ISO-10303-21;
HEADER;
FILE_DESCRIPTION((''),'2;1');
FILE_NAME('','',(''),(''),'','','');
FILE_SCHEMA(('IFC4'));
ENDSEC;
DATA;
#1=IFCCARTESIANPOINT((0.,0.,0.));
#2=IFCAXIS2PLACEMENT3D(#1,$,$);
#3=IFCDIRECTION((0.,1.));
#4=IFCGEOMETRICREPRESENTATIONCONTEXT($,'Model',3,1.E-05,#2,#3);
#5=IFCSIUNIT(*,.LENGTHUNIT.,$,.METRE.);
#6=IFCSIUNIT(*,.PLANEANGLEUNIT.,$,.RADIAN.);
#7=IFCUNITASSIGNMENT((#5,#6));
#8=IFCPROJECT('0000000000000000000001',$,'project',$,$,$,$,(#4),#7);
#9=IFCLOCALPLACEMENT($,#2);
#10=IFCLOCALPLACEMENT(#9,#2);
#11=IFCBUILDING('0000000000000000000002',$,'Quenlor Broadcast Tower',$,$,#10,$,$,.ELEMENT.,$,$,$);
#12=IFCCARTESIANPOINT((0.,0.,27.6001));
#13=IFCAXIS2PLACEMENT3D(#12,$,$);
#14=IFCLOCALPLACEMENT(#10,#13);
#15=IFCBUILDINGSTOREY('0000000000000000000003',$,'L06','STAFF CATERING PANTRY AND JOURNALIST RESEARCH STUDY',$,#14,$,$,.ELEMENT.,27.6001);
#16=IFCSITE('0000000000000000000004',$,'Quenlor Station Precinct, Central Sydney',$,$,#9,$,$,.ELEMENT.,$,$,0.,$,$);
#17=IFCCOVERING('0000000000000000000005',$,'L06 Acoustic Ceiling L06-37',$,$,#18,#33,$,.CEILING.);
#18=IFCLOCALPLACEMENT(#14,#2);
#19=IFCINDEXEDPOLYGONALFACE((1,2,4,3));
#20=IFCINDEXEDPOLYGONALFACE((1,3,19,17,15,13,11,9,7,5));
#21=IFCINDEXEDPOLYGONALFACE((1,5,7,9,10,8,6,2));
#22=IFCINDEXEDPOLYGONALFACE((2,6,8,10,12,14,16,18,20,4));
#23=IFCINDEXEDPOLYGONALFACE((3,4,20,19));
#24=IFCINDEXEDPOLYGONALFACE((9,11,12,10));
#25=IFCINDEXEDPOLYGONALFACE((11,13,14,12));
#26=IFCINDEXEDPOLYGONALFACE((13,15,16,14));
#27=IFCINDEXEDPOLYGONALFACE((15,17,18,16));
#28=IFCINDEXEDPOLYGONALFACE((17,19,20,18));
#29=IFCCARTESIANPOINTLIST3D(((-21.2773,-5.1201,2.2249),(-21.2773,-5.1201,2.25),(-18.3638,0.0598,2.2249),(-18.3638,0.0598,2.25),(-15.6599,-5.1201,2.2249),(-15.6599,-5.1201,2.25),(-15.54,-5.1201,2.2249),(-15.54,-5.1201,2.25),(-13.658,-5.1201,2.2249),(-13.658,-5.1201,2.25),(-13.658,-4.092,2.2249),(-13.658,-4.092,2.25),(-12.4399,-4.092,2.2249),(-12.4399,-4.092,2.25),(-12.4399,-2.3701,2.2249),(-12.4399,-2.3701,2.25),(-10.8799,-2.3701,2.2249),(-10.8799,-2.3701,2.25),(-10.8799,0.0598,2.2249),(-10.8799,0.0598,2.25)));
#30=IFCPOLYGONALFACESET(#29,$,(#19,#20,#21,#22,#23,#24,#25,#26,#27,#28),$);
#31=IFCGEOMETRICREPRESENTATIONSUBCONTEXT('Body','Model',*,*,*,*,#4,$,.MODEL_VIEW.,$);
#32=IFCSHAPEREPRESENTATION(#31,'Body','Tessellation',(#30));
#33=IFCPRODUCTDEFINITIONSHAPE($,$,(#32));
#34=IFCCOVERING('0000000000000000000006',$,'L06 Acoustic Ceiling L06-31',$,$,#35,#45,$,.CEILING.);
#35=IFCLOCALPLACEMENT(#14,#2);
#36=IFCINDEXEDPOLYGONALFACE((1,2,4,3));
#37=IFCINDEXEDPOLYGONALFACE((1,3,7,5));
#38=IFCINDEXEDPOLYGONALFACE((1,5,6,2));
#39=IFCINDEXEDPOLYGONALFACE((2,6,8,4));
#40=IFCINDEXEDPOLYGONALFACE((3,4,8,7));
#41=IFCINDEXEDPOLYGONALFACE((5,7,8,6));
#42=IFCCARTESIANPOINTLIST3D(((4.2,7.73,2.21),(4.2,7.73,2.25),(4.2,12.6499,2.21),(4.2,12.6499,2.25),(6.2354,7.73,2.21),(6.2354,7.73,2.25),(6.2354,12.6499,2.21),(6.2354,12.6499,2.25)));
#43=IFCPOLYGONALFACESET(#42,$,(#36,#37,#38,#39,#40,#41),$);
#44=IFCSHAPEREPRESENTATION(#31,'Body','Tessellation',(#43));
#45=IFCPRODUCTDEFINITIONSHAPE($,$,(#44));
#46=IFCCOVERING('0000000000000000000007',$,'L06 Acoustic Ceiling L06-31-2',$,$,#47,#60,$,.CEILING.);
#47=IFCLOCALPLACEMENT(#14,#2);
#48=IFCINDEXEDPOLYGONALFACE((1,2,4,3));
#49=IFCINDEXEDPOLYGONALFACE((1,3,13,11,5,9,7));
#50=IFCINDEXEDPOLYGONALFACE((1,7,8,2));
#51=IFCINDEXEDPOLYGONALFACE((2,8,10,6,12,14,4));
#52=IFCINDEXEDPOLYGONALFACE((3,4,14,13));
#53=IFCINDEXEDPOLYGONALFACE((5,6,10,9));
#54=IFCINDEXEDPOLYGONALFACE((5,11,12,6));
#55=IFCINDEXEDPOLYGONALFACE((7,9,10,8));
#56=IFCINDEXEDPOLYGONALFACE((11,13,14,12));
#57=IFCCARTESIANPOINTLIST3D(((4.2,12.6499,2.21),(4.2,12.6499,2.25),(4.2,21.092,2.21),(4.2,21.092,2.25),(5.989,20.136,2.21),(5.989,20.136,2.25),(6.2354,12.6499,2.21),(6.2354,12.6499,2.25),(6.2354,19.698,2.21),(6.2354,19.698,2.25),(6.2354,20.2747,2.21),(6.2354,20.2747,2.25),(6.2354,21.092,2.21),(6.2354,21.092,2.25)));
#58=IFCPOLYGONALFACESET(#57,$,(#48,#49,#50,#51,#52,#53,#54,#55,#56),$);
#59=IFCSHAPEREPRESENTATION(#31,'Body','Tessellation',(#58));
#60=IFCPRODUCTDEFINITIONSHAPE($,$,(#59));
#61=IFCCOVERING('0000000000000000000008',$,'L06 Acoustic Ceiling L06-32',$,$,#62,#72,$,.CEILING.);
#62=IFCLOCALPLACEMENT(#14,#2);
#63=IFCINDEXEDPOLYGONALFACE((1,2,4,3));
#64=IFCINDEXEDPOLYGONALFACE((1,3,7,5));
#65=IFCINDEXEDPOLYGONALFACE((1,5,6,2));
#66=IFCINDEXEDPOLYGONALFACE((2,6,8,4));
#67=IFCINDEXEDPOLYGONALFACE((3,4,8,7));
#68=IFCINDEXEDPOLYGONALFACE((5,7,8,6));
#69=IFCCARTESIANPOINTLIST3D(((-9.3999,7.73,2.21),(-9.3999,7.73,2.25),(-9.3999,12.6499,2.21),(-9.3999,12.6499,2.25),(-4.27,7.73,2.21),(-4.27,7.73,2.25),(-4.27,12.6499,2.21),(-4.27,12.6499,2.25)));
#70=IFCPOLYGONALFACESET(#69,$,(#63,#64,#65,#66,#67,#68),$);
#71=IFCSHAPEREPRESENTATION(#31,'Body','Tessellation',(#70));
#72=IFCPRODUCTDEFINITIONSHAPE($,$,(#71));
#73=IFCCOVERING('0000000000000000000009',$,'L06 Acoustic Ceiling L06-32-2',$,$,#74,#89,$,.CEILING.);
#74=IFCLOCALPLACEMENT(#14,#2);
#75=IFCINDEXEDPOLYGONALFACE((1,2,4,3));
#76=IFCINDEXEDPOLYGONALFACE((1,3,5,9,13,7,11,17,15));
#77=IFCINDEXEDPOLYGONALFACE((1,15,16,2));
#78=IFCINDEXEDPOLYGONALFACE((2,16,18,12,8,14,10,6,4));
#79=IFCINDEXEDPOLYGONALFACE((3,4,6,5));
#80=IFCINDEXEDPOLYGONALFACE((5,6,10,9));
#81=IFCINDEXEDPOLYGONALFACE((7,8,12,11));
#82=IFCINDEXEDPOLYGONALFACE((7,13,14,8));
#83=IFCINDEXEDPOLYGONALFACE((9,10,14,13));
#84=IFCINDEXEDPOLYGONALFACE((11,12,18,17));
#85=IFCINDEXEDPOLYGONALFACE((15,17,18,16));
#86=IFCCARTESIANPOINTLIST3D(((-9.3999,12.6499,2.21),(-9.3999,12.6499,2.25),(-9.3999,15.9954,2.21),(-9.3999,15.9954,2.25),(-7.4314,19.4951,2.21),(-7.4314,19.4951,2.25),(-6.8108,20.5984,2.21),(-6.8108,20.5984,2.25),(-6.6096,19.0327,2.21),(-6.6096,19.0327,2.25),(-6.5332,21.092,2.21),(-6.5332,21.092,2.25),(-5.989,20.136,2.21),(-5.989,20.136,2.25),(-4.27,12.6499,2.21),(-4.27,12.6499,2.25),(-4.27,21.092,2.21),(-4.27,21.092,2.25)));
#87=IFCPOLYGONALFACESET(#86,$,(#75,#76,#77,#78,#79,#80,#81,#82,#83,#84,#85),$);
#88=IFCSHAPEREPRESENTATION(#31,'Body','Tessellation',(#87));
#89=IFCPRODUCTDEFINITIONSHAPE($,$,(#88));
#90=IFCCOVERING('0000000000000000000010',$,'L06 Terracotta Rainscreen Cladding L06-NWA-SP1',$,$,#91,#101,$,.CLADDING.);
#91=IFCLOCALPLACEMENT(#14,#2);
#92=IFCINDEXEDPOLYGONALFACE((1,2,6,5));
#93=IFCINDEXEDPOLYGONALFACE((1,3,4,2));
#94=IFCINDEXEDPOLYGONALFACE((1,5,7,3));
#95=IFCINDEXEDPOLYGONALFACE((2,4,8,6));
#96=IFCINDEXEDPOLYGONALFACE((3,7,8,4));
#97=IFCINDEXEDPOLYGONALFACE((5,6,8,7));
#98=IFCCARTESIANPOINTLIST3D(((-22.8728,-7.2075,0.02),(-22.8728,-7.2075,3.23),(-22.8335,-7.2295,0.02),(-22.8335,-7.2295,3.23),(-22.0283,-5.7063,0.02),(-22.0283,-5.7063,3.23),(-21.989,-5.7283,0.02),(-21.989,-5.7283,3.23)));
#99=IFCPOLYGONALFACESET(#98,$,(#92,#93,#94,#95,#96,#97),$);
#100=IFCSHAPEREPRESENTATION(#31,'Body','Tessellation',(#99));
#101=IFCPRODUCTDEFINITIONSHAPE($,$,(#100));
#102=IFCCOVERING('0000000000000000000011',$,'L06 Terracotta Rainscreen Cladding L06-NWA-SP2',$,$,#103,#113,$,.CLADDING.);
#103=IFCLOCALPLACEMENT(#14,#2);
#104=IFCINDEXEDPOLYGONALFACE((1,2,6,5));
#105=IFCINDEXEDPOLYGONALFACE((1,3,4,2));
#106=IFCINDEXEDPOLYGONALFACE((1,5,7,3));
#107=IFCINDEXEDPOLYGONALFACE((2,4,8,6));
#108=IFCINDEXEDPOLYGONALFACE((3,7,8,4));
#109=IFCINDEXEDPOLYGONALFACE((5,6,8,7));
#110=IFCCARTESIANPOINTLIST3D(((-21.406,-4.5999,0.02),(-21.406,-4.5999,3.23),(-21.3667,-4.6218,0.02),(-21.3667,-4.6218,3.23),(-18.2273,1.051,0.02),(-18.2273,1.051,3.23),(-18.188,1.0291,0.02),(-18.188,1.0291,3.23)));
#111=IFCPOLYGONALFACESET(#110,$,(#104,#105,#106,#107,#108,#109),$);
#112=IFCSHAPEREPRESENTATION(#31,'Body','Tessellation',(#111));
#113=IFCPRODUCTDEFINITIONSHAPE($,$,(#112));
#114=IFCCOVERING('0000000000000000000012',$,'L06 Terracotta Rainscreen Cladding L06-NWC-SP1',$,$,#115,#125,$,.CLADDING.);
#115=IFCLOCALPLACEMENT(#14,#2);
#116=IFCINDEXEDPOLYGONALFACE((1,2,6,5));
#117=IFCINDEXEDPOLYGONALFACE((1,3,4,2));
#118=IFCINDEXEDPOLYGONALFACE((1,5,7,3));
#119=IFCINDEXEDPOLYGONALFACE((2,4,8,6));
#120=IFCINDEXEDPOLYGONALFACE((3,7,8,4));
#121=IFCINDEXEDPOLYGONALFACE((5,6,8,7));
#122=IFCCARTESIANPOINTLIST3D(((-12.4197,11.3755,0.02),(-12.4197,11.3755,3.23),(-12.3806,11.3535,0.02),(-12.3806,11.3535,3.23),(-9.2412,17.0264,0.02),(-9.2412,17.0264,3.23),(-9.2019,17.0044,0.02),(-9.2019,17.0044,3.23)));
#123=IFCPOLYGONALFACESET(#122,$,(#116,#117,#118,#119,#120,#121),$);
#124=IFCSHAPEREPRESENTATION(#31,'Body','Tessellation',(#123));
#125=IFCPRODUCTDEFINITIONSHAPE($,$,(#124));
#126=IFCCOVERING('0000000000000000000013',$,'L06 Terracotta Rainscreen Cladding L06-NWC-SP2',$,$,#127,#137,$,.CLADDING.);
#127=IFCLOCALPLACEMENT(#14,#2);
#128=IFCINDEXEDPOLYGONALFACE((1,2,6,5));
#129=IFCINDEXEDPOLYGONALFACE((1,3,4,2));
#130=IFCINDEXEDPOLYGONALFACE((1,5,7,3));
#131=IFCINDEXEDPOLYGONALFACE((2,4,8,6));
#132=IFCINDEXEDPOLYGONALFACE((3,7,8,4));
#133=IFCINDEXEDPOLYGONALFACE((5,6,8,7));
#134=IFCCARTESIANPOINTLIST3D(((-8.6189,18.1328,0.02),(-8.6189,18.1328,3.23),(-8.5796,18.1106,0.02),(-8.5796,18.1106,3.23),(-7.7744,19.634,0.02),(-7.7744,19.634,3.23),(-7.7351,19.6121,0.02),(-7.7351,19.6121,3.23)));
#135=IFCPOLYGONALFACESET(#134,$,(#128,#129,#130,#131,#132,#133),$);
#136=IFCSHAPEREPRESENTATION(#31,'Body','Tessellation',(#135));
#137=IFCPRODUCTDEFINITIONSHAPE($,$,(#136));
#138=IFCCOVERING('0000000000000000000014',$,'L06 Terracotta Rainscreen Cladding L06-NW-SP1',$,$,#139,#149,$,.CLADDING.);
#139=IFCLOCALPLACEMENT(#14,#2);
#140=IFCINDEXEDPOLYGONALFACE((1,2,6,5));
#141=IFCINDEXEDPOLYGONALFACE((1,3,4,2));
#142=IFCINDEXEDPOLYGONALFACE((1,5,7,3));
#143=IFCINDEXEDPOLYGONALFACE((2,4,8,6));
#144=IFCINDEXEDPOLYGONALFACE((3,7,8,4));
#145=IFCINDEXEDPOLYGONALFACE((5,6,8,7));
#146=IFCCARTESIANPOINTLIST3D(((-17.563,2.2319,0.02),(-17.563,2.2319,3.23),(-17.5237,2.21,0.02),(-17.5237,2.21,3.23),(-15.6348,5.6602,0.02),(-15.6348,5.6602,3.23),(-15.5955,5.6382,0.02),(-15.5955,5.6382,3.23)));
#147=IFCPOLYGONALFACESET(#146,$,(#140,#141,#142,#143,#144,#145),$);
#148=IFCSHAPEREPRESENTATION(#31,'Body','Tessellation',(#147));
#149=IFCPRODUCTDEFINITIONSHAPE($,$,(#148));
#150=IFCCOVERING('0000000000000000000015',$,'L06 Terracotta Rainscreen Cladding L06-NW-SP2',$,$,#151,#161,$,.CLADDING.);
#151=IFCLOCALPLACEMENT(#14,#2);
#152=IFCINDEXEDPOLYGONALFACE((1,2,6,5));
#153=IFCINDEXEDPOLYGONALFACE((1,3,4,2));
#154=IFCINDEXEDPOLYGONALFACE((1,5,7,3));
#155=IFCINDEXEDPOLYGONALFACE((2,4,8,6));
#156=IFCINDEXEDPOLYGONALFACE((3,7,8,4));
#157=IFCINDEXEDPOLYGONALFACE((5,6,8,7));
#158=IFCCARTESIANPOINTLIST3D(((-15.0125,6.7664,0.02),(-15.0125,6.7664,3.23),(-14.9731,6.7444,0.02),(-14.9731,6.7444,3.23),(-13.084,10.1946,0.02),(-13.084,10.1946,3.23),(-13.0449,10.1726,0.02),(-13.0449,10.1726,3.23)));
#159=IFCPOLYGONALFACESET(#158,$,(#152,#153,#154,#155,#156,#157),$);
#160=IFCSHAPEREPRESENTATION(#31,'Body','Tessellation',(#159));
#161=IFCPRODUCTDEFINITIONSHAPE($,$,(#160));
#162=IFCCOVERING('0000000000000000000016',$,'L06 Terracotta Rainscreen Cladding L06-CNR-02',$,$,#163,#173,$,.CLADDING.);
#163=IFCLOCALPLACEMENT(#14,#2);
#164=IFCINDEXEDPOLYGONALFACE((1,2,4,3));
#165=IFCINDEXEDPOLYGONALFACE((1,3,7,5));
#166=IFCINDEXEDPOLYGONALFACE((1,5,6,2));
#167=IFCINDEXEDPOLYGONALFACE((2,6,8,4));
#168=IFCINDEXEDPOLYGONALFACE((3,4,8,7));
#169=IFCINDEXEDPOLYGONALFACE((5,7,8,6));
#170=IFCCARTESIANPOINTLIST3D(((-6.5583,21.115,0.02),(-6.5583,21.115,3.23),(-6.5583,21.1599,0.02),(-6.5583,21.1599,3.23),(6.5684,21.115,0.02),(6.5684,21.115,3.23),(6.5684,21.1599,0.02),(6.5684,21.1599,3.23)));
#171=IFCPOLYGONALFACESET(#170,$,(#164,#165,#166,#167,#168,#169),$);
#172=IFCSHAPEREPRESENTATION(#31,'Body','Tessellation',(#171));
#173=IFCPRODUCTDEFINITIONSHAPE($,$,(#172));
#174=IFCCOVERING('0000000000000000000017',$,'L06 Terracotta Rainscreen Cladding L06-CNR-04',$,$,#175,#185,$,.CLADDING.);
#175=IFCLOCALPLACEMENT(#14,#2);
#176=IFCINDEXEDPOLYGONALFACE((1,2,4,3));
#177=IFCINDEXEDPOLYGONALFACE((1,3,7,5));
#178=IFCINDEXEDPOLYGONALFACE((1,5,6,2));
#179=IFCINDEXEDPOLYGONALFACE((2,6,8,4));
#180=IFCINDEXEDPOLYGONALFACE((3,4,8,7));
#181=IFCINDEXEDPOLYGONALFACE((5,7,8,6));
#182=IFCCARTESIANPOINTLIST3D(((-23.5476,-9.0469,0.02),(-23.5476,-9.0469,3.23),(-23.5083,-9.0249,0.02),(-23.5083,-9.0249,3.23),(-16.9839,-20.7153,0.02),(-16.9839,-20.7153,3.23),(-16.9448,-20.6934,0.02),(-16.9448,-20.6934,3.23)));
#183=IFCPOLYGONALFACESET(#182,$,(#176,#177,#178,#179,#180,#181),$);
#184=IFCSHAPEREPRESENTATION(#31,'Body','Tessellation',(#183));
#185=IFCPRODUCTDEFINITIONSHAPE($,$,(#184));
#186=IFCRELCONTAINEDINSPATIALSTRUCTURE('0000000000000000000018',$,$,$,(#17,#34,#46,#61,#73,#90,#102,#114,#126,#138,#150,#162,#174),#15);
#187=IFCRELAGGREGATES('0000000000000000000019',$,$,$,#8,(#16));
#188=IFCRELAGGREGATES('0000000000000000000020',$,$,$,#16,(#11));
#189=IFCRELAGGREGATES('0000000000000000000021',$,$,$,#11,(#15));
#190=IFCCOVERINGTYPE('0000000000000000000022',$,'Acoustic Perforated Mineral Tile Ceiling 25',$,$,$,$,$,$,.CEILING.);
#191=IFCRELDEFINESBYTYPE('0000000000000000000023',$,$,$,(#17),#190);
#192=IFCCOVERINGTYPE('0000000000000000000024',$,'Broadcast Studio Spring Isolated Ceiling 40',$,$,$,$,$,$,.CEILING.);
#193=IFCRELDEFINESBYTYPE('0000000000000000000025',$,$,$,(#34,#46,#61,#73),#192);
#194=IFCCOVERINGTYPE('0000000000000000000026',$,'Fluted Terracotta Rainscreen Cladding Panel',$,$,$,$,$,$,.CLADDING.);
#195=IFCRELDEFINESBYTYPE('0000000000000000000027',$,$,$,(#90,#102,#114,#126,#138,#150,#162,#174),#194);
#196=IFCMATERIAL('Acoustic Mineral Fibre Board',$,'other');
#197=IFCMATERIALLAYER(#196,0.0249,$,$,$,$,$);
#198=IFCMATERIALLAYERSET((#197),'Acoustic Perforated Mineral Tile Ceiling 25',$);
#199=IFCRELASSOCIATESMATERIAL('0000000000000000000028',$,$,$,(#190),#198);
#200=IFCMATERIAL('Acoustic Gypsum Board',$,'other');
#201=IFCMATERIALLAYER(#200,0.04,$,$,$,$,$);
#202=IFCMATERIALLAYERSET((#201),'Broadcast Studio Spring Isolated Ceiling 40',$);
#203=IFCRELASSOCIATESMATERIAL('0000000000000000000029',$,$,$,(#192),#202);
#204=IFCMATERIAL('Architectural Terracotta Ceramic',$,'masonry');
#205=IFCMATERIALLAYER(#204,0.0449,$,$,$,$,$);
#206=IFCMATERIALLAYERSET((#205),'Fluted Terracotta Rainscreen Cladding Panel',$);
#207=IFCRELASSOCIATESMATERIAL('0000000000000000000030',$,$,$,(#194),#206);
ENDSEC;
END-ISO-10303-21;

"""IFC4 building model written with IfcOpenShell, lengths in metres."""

from ifc_helpers import new_model, si_unit, direction, frame, origin, place, context, subcontext, project, spatial, polyline, outline, extrude, material, layer, layer_set, type_object, element, save


model = new_model("IFC4")

# Units and contexts
model_context = context("Model", 3, precision=1e-05, world=origin(), true_north=direction((0.0, 1.0)))
body_context = subcontext(model_context, "Body", "Model", "MODEL_VIEW")
ifc_project = project(units=[si_unit("LENGTHUNIT", "METRE"), si_unit("PLANEANGLEUNIT", "RADIAN")], contexts=[model_context])

# Site, building, storey
site_placement = place(None, origin())
site = spatial("IfcSite", under=ifc_project, at=site_placement, Name="Quenlor Station Precinct, Central Sydney", CompositionType="ELEMENT", RefElevation=0.0)
building_placement = place(site_placement, origin())
building = spatial("IfcBuilding", under=site, at=building_placement, Name="Quenlor Broadcast Tower", CompositionType="ELEMENT")
storey_placement = place(building_placement, frame((0.0, 0.0, 27.6001)))
storey = spatial("IfcBuildingStorey", under=building, at=storey_placement, Name="L06", Description="STAFF CATERING PANTRY AND JOURNALIST RESEARCH STUDY", CompositionType="ELEMENT", Elevation=27.6001)

# Coverings
ifc_material_1 = material(Name="Acoustic Mineral Fibre Board", Category="other")
ifc_layer_1 = layer(ifc_material_1, 0.0249)
ifc_layer_set_1 = layer_set([ifc_layer_1], Name="Acoustic Perforated Mineral Tile Ceiling 25")
covering_type_1 = type_object("IfcCoveringType", Name="Acoustic Perforated Mineral Tile Ceiling 25", PredefinedType="CEILING", material=ifc_layer_set_1)
covering_1_placement = place(storey_placement, frame((0.0, 0.0, 2.2249)))
element("IfcCovering", 1, at=covering_1_placement, inside=storey, type_object=covering_type_1, Name="L06 Acoustic Ceiling L06-37", PredefinedType="CEILING", context=body_context, shape_type="SweptSolid", body=[
    extrude(outline(polyline([(-12.4399, -2.3701), (-12.4399, -4.092), (-13.658, -4.092), (-13.658, -5.1201), (-15.54, -5.1201), (-15.6599, -5.1201), (-21.2773, -5.1201), (-18.3638, 0.0598), (-10.8799, 0.0598), (-10.8799, -2.3701), (-12.4399, -2.3701)])), origin(), (0.0, 0.0, 1.0), 0.0251),
])
ifc_material_2 = material(Name="Acoustic Gypsum Board", Category="other")
ifc_layer_2 = layer(ifc_material_2, 0.04)
ifc_layer_set_2 = layer_set([ifc_layer_2], Name="Broadcast Studio Spring Isolated Ceiling 40")
covering_type_2 = type_object("IfcCoveringType", Name="Broadcast Studio Spring Isolated Ceiling 40", PredefinedType="CEILING", material=ifc_layer_set_2)
covering_2_placement = place(storey_placement, frame((0.0, 0.0, 2.21)))
element("IfcCovering", 2, at=covering_2_placement, inside=storey, type_object=covering_type_2, Name="L06 Acoustic Ceiling L06-31", PredefinedType="CEILING", context=body_context, shape_type="SweptSolid", body=[
    extrude(outline(polyline([(6.2354, 7.73), (4.2, 7.73), (4.2, 12.6499), (6.2354, 12.6499), (6.2354, 7.73)])), origin(), (0.0, 0.0, 1.0), 0.04),
])
covering_3_placement = place(storey_placement, frame((0.0, 0.0, 2.21)))
element("IfcCovering", 3, at=covering_3_placement, inside=storey, type_object=covering_type_2, Name="L06 Acoustic Ceiling L06-31-2", PredefinedType="CEILING", context=body_context, shape_type="SweptSolid", body=[
    extrude(outline(polyline([(6.2354, 20.2747), (5.989, 20.136), (6.2354, 19.698), (6.2354, 12.6499), (4.2, 12.6499), (4.2, 21.092), (6.2354, 21.092), (6.2354, 20.2747)])), origin(), (0.0, 0.0, 1.0), 0.04),
])
covering_4_placement = place(storey_placement, frame((0.0, 0.0, 2.21)))
element("IfcCovering", 4, at=covering_4_placement, inside=storey, type_object=covering_type_2, Name="L06 Acoustic Ceiling L06-32", PredefinedType="CEILING", context=body_context, shape_type="SweptSolid", body=[
    extrude(outline(polyline([(-4.27, 7.73), (-9.3999, 7.73), (-9.3999, 12.6499), (-4.27, 12.6499), (-4.27, 7.73)])), origin(), (0.0, 0.0, 1.0), 0.04),
])
covering_5_placement = place(storey_placement, frame((0.0, 0.0, 2.21)))
element("IfcCovering", 5, at=covering_5_placement, inside=storey, type_object=covering_type_2, Name="L06 Acoustic Ceiling L06-32-2", PredefinedType="CEILING", context=body_context, shape_type="SweptSolid", body=[
    extrude(outline(polyline([(-7.4314, 19.4951), (-6.6096, 19.0327), (-5.989, 20.136), (-6.8108, 20.5984), (-6.5332, 21.092), (-4.27, 21.092), (-4.27, 12.6499), (-9.3999, 12.6499), (-9.3999, 15.9954), (-7.4314, 19.4951)])), origin(), (0.0, 0.0, 1.0), 0.04),
])
ifc_material_3 = material(Name="Architectural Terracotta Ceramic", Category="masonry")
ifc_layer_3 = layer(ifc_material_3, 0.0449)
ifc_layer_set_3 = layer_set([ifc_layer_3], Name="Fluted Terracotta Rainscreen Cladding Panel")
covering_type_3 = type_object("IfcCoveringType", Name="Fluted Terracotta Rainscreen Cladding Panel", PredefinedType="CLADDING", material=ifc_layer_set_3)
covering_6_placement = place(storey_placement, frame((0.0, 0.0, 0.02)))
element("IfcCovering", 6, at=covering_6_placement, inside=storey, type_object=covering_type_3, Name="L06 Terracotta Rainscreen Cladding L06-NWA-SP1", PredefinedType="CLADDING", context=body_context, shape_type="SweptSolid", body=[
    extrude(outline(polyline([(-22.8335, -7.2295), (-21.989, -5.7283), (-22.0283, -5.7063), (-22.8728, -7.2075), (-22.8335, -7.2295)])), origin(), (0.0, 0.0, 1.0), 3.21),
])
covering_7_placement = place(storey_placement, frame((0.0, 0.0, 0.02)))
element("IfcCovering", 7, at=covering_7_placement, inside=storey, type_object=covering_type_3, Name="L06 Terracotta Rainscreen Cladding L06-NWA-SP2", PredefinedType="CLADDING", context=body_context, shape_type="SweptSolid", body=[
    extrude(outline(polyline([(-21.3667, -4.6218), (-18.188, 1.0291), (-18.2273, 1.051), (-21.406, -4.5999), (-21.3667, -4.6218)])), origin(), (0.0, 0.0, 1.0), 3.21),
])
covering_8_placement = place(storey_placement, frame((0.0, 0.0, 0.02)))
element("IfcCovering", 8, at=covering_8_placement, inside=storey, type_object=covering_type_3, Name="L06 Terracotta Rainscreen Cladding L06-NWC-SP1", PredefinedType="CLADDING", context=body_context, shape_type="SweptSolid", body=[
    extrude(outline(polyline([(-12.3806, 11.3535), (-9.2019, 17.0044), (-9.2412, 17.0264), (-12.4197, 11.3755), (-12.3806, 11.3535)])), origin(), (0.0, 0.0, 1.0), 3.21),
])
covering_9_placement = place(storey_placement, frame((0.0, 0.0, 0.02)))
element("IfcCovering", 9, at=covering_9_placement, inside=storey, type_object=covering_type_3, Name="L06 Terracotta Rainscreen Cladding L06-NWC-SP2", PredefinedType="CLADDING", context=body_context, shape_type="SweptSolid", body=[
    extrude(outline(polyline([(-8.5796, 18.1106), (-7.7351, 19.6121), (-7.7744, 19.634), (-8.6189, 18.1328), (-8.5796, 18.1106)])), origin(), (0.0, 0.0, 1.0), 3.21),
])
covering_10_placement = place(storey_placement, frame((0.0, 0.0, 0.02)))
element("IfcCovering", 10, at=covering_10_placement, inside=storey, type_object=covering_type_3, Name="L06 Terracotta Rainscreen Cladding L06-NW-SP1", PredefinedType="CLADDING", context=body_context, shape_type="SweptSolid", body=[
    extrude(outline(polyline([(-17.5237, 2.21), (-15.5955, 5.6382), (-15.6348, 5.6602), (-17.563, 2.2319), (-17.5237, 2.21)])), origin(), (0.0, 0.0, 1.0), 3.21),
])
covering_11_placement = place(storey_placement, frame((0.0, 0.0, 0.02)))
element("IfcCovering", 11, at=covering_11_placement, inside=storey, type_object=covering_type_3, Name="L06 Terracotta Rainscreen Cladding L06-NW-SP2", PredefinedType="CLADDING", context=body_context, shape_type="SweptSolid", body=[
    extrude(outline(polyline([(-14.9731, 6.7444), (-13.0449, 10.1726), (-13.084, 10.1946), (-15.0125, 6.7664), (-14.9731, 6.7444)])), origin(), (0.0, 0.0, 1.0), 3.21),
])
covering_12_placement = place(storey_placement, frame((0.0, 0.0, 0.02)))
element("IfcCovering", 12, at=covering_12_placement, inside=storey, type_object=covering_type_3, Name="L06 Terracotta Rainscreen Cladding L06-CNR-02", PredefinedType="CLADDING", context=body_context, shape_type="SweptSolid", body=[
    extrude(outline(polyline([(6.5684, 21.1599), (-6.5583, 21.1599), (-6.5583, 21.115), (6.5684, 21.115), (6.5684, 21.1599)])), origin(), (0.0, 0.0, 1.0), 3.21),
])
covering_13_placement = place(storey_placement, frame((0.0, 0.0, 0.02)))
element("IfcCovering", 13, at=covering_13_placement, inside=storey, type_object=covering_type_3, Name="L06 Terracotta Rainscreen Cladding L06-CNR-04", PredefinedType="CLADDING", context=body_context, shape_type="SweptSolid", body=[
    extrude(outline(polyline([(-23.5476, -9.0469), (-16.9839, -20.7153), (-16.9448, -20.6934), (-23.5083, -9.0249), (-23.5476, -9.0469)])), origin(), (0.0, 0.0, 1.0), 3.21),
])

save(model, "model.ifc")
